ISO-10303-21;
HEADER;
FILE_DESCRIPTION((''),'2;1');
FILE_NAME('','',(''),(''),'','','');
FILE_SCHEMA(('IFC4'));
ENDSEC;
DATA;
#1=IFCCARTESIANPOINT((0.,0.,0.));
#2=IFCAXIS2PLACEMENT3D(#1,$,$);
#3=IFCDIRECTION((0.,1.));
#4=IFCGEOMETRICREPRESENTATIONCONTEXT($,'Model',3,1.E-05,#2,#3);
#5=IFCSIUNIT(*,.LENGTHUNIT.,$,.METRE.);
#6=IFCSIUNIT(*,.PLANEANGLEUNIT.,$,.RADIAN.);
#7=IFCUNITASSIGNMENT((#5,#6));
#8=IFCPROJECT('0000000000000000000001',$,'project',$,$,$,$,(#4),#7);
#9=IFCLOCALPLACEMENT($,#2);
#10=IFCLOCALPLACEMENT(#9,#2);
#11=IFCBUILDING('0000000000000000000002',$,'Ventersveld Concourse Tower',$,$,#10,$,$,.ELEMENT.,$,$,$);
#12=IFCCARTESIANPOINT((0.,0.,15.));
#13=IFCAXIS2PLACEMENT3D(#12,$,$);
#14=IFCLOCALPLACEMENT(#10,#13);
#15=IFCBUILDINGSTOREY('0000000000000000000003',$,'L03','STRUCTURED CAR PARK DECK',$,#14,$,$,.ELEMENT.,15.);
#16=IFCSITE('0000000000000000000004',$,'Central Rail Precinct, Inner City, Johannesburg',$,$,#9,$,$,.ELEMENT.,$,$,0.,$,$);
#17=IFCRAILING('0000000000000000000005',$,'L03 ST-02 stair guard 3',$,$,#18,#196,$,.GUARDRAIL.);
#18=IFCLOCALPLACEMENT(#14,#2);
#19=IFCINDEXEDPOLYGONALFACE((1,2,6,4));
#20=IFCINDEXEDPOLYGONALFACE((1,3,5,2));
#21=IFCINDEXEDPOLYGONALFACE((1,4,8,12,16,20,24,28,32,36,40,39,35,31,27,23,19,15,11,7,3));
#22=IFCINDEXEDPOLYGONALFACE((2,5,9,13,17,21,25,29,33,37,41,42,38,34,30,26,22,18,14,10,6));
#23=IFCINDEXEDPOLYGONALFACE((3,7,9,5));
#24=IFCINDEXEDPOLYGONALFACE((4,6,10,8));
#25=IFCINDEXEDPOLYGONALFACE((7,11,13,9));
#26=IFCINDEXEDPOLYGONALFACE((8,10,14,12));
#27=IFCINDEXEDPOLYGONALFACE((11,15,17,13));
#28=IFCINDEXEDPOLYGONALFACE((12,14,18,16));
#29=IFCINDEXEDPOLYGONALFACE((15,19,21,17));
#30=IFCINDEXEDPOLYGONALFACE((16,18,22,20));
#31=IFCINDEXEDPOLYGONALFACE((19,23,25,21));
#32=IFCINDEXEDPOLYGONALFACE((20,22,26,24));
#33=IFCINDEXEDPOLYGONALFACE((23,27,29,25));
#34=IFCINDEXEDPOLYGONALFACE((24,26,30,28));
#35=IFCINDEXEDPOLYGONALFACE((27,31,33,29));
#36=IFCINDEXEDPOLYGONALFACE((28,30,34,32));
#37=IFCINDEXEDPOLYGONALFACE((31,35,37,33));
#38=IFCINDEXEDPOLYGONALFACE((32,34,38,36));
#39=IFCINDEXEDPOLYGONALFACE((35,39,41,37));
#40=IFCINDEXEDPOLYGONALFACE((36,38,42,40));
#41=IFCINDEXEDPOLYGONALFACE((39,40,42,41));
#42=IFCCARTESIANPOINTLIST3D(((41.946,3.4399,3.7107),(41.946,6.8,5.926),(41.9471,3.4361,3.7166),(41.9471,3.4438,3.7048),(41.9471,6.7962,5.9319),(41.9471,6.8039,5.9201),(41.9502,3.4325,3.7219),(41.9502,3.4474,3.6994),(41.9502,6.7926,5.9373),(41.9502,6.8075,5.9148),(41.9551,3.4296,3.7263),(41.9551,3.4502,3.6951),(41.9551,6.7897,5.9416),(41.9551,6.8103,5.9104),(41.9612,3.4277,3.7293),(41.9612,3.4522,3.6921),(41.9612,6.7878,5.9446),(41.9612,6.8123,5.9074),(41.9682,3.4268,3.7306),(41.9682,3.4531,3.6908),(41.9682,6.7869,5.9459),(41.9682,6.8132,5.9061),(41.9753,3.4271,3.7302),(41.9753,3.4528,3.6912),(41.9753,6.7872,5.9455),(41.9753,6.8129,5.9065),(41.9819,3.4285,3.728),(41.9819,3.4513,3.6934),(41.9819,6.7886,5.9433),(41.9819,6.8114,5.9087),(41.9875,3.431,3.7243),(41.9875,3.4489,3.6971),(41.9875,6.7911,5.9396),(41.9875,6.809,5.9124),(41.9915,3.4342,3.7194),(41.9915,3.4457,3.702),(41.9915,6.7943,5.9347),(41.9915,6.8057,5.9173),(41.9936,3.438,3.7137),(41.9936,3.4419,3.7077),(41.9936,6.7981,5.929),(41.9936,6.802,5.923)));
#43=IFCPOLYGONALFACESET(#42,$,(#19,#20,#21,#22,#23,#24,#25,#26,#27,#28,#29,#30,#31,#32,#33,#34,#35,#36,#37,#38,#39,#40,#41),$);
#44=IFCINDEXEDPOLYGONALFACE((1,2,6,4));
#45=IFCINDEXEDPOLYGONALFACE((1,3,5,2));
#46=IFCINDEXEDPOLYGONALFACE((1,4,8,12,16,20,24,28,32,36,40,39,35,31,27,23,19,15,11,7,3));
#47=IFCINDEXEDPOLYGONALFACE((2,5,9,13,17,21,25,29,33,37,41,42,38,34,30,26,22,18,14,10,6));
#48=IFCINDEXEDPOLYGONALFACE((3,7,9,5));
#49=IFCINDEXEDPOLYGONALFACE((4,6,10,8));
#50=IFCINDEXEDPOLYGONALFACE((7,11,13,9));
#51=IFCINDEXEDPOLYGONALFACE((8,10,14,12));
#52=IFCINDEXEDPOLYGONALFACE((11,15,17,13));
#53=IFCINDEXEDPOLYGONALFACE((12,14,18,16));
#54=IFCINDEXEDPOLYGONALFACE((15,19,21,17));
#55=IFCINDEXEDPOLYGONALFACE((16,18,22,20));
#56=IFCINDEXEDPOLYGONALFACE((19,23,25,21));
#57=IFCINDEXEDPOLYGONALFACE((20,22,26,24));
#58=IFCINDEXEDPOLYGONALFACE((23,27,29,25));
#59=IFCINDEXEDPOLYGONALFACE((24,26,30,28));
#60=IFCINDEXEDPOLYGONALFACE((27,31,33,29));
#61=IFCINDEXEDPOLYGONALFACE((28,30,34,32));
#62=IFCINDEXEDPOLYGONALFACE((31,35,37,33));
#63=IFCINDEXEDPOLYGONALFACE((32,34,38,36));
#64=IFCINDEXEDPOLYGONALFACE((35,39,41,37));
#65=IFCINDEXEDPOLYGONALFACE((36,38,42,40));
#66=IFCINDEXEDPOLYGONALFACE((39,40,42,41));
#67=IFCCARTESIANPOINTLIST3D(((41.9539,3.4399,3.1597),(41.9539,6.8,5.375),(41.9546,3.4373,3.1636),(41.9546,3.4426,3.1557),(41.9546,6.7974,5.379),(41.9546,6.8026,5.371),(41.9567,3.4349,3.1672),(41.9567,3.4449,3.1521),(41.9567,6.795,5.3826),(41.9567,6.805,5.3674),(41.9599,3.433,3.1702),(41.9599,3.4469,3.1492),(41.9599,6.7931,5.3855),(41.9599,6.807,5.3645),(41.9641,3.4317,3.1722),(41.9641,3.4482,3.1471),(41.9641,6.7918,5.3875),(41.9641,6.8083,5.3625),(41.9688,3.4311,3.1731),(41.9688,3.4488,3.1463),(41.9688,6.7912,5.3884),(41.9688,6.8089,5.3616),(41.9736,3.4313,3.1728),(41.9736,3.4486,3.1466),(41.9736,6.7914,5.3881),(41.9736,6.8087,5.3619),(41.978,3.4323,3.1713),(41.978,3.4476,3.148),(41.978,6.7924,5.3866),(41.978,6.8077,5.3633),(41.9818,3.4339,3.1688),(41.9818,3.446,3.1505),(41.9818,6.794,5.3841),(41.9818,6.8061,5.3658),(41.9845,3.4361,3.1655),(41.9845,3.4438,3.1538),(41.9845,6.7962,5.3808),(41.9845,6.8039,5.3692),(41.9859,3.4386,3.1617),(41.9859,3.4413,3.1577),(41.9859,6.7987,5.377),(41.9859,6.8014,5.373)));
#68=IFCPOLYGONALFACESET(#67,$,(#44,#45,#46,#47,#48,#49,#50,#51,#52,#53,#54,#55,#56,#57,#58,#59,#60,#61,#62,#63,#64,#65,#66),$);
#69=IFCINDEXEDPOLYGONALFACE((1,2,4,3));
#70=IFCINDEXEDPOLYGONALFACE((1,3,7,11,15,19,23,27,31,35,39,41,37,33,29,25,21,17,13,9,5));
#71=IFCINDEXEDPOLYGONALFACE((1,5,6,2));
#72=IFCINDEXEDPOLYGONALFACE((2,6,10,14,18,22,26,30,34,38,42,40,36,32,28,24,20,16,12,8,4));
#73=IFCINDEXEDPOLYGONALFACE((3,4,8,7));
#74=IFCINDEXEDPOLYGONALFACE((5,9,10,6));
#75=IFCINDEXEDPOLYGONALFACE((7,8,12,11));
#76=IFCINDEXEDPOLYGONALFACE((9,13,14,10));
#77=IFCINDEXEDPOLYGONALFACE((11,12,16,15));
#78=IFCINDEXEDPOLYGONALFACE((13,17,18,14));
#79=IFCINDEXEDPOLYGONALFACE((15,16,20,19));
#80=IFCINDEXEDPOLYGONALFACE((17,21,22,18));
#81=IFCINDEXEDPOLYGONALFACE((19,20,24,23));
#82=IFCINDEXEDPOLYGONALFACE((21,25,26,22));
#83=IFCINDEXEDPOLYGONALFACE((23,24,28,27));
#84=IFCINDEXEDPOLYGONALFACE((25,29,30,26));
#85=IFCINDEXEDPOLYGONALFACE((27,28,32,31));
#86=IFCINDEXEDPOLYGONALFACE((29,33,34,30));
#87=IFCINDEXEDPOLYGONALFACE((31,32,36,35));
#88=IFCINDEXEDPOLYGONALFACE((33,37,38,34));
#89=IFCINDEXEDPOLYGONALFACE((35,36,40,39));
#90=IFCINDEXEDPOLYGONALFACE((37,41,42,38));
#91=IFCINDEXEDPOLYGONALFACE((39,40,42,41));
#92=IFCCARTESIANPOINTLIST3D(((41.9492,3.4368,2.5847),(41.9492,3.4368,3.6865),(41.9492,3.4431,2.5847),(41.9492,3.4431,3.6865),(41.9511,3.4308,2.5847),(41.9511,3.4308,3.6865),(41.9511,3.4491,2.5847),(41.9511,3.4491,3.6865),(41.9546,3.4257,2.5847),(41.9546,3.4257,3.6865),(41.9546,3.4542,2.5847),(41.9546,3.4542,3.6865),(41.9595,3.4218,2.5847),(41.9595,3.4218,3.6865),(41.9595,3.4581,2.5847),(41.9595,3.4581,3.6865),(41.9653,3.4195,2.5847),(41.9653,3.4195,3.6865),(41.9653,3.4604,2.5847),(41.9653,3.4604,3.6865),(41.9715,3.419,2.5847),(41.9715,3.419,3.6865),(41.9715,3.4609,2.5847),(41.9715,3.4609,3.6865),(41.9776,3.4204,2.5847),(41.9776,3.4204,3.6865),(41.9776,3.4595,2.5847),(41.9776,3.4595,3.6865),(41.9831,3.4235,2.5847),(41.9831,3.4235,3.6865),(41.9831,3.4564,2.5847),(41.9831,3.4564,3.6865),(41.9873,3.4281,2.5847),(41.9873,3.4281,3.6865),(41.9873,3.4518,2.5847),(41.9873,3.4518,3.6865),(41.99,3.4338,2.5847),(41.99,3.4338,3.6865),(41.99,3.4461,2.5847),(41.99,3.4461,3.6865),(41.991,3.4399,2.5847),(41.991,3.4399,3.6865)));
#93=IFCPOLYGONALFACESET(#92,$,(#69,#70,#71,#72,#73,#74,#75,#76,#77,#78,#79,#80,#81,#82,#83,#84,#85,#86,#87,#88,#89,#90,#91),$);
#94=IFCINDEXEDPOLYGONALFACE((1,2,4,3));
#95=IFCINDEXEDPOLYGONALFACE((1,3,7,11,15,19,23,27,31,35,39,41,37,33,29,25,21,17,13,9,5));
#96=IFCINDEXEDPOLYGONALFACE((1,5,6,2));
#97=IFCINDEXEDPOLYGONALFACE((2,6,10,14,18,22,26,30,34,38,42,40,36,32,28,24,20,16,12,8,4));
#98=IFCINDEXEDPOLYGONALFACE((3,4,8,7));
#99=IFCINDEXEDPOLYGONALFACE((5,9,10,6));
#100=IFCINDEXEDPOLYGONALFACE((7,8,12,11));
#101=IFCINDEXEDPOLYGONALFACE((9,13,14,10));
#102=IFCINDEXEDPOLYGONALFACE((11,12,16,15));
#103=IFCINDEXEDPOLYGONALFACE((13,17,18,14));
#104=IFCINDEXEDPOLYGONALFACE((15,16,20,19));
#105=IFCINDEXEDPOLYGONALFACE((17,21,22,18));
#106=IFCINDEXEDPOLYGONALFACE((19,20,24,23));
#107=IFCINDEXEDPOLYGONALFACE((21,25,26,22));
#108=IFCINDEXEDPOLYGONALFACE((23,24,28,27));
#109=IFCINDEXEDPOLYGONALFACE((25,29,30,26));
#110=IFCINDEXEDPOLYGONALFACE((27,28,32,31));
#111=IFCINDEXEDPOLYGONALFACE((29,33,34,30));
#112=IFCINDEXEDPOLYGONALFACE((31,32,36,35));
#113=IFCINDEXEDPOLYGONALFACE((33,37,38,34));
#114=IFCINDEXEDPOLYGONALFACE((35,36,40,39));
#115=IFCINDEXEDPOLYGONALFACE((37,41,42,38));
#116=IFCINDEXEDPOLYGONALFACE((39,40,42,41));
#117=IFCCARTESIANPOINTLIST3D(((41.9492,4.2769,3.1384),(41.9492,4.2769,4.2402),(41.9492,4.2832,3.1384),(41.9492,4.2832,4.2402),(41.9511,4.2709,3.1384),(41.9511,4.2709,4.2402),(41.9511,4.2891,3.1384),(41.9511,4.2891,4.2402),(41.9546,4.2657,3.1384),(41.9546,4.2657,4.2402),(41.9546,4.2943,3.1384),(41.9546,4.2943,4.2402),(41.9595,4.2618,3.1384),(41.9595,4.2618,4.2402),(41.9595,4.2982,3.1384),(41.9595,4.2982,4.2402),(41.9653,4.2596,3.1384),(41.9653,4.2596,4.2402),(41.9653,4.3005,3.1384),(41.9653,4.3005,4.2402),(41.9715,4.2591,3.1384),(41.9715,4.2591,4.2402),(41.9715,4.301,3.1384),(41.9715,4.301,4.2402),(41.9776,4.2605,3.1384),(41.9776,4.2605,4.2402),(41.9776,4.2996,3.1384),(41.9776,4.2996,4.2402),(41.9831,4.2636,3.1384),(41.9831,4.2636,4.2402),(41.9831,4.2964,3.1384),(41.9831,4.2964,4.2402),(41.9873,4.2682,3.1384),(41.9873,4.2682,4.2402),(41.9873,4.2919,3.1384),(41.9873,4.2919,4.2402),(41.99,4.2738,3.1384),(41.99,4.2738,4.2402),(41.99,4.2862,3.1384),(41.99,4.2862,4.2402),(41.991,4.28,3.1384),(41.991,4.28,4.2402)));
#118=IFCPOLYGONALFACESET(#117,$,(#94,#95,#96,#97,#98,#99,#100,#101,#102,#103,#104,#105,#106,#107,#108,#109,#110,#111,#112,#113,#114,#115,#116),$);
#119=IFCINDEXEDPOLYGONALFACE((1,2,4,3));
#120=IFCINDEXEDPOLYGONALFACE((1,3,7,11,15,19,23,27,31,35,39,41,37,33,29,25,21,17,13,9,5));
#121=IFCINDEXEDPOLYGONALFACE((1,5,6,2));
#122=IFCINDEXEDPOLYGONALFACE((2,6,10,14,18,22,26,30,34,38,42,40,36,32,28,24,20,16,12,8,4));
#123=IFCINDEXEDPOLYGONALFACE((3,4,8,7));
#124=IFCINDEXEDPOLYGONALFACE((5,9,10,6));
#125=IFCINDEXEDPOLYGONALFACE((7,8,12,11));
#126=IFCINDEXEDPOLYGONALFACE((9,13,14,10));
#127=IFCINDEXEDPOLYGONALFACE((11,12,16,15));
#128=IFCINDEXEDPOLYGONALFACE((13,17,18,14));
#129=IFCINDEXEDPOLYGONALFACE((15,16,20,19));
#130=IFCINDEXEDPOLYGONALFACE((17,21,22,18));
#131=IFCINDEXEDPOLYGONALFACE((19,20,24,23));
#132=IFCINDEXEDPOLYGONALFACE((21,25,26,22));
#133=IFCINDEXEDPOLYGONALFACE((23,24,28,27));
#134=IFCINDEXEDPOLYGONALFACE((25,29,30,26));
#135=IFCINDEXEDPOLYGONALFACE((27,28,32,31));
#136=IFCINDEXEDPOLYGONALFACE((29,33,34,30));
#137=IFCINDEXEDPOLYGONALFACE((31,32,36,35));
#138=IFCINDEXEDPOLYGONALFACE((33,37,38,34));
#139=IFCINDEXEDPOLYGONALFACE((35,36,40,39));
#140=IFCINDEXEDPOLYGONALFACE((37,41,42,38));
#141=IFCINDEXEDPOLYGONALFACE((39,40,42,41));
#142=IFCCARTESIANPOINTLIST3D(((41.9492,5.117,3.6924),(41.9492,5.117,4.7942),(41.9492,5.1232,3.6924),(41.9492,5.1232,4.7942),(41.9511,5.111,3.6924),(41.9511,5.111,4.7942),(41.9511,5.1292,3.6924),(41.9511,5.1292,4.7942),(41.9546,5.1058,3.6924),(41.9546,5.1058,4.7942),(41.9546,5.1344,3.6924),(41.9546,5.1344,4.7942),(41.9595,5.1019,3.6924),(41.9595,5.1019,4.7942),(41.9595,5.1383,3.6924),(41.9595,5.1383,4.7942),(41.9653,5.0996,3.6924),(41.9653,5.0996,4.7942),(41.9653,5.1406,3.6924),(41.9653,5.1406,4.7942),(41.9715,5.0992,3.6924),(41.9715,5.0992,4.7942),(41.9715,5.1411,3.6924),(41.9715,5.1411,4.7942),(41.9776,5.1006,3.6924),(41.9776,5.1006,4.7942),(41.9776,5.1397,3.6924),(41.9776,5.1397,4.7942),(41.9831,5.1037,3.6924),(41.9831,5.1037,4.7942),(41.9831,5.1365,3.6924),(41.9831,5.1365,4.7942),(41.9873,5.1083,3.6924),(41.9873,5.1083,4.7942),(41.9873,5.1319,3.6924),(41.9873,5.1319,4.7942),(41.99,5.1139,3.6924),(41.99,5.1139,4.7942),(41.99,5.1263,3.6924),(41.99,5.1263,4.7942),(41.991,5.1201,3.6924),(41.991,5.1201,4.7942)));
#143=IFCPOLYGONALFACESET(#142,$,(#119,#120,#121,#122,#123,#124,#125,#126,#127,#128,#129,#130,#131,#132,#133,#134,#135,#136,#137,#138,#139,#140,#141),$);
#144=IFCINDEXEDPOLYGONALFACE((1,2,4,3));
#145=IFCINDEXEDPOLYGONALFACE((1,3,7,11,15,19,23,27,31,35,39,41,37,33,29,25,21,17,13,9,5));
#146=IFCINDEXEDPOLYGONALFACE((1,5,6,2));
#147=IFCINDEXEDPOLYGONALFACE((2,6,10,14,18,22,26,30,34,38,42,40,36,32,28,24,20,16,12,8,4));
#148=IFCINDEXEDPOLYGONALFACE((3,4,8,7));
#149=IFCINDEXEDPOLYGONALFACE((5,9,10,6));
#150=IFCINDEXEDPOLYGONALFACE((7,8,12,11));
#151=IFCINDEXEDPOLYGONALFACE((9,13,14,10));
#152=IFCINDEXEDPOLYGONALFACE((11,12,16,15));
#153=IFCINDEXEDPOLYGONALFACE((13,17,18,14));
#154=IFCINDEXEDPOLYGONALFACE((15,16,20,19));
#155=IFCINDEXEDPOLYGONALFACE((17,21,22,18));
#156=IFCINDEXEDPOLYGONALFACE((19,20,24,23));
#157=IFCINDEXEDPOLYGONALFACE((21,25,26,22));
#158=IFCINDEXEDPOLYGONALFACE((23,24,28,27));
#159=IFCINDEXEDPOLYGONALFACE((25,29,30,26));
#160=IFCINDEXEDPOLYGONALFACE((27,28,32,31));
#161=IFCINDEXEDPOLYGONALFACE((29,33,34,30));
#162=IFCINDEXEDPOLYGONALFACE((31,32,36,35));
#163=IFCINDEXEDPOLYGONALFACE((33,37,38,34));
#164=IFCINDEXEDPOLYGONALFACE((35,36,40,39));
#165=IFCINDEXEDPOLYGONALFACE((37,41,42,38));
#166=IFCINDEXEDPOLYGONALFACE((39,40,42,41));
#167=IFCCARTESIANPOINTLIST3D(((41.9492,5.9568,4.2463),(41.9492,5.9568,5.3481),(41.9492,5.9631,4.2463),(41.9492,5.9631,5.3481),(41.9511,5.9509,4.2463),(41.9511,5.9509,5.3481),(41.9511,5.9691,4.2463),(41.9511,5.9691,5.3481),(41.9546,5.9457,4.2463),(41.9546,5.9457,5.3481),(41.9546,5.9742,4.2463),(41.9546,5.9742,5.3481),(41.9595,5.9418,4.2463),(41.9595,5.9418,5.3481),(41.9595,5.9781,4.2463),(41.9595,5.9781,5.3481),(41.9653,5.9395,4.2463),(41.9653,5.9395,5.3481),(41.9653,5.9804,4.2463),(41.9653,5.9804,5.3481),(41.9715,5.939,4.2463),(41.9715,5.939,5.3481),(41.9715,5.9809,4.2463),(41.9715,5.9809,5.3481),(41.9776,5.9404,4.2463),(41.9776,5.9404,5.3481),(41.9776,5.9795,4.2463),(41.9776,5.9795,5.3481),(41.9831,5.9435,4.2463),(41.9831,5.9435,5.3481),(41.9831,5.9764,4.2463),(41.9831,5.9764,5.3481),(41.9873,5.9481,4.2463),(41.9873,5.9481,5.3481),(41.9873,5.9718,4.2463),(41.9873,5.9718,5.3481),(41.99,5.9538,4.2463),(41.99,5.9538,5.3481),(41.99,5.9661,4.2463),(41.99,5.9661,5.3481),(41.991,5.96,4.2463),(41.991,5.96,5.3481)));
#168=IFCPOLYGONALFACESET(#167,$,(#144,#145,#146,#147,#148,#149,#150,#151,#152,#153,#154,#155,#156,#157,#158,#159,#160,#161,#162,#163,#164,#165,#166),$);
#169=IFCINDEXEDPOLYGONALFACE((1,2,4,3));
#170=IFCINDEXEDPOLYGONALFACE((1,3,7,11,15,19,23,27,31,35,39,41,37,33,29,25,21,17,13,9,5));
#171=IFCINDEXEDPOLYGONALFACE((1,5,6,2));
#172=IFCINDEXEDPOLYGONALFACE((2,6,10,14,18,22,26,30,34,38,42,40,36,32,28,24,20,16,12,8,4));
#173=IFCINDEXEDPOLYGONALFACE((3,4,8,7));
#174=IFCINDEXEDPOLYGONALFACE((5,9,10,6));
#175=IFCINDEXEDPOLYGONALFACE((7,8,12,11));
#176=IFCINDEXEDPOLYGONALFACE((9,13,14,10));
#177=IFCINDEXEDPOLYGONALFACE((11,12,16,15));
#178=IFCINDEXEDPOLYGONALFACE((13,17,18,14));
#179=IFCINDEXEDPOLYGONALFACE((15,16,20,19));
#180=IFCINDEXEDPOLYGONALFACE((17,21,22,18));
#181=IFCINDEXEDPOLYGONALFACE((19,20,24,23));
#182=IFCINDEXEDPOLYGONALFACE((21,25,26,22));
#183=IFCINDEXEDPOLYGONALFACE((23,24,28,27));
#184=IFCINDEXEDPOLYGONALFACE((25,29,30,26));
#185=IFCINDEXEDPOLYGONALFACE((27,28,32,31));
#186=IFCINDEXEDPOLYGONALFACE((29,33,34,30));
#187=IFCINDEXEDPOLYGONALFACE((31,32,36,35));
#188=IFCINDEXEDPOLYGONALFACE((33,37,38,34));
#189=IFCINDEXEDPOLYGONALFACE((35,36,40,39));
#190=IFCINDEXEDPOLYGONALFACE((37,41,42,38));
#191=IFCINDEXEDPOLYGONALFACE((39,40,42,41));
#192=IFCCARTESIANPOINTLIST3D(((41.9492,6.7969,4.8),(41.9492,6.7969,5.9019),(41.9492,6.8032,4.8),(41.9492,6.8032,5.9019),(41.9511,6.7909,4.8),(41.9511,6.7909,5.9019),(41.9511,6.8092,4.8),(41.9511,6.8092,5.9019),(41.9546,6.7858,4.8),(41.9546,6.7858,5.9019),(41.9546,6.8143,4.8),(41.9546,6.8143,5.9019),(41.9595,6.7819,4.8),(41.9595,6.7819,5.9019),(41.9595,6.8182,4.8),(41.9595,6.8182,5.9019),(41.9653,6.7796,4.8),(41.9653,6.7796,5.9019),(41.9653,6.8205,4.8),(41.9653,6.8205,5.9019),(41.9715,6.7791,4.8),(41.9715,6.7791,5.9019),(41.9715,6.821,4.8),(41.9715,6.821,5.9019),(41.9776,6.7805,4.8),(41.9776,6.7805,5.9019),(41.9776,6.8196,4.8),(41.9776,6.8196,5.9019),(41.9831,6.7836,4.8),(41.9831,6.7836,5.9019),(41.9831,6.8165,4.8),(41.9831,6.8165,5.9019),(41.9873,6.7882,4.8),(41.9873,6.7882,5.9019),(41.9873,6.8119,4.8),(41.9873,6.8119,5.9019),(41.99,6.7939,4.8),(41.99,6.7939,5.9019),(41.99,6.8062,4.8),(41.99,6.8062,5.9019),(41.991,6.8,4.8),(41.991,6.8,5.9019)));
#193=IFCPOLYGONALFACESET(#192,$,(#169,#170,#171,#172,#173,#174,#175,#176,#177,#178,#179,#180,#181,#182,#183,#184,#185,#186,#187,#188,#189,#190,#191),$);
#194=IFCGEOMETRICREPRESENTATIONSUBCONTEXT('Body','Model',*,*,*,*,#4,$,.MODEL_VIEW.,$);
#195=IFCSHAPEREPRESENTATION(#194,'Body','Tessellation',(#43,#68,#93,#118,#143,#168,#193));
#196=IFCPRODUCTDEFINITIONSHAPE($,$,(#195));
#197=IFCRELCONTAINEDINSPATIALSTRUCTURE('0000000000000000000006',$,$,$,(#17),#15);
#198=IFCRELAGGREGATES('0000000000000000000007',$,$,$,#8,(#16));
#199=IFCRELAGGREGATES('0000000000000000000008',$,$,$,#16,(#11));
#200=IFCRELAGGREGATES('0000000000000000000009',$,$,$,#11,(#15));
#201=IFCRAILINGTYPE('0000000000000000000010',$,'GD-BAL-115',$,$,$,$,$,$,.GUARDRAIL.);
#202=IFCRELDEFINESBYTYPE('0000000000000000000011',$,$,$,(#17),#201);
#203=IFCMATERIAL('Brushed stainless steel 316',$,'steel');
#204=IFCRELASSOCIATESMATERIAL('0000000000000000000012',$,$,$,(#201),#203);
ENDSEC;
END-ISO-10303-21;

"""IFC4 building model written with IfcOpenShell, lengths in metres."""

from ifc_helpers import new_model, si_unit, direction, frame, origin, origin_2d, place, context, subcontext, project, spatial, circle, extrude, material, type_object, element, save


model = new_model("IFC4")

# Units and contexts
model_context = context("Model", 3, precision=1e-05, world=origin(), true_north=direction((0.0, 1.0)))
body_context = subcontext(model_context, "Body", "Model", "MODEL_VIEW")
ifc_project = project(units=[si_unit("LENGTHUNIT", "METRE"), si_unit("PLANEANGLEUNIT", "RADIAN")], contexts=[model_context])

# Site, building, storey
site_placement = place(None, origin())
site = spatial("IfcSite", under=ifc_project, at=site_placement, Name="Central Rail Precinct, Inner City, Johannesburg", CompositionType="ELEMENT", RefElevation=0.0)
building_placement = place(site_placement, origin())
building = spatial("IfcBuilding", under=site, at=building_placement, Name="Ventersveld Concourse Tower", CompositionType="ELEMENT")
storey_placement = place(building_placement, frame((0.0, 0.0, 15.0)))
storey = spatial("IfcBuildingStorey", under=building, at=storey_placement, Name="L03", Description="STRUCTURED CAR PARK DECK", CompositionType="ELEMENT", Elevation=15.0)

# Railing
ifc_material_1 = material(Name="Brushed stainless steel 316", Category="steel")
railing_type_1 = type_object("IfcRailingType", Name="GD-BAL-115", PredefinedType="GUARDRAIL", material=ifc_material_1)
railing_1_placement = place(storey_placement, frame((41.97, 3.4399, 2.5847)))
element("IfcRailing", 1, at=railing_1_placement, inside=storey, type_object=railing_type_1, Name="L03 ST-02 stair guard 3", PredefinedType="GUARDRAIL", context=body_context, shape_type="SweptSolid", body=[
    extrude(circle(Radius=0.0239, at=origin_2d()), frame((0.0, 0.0, 1.126), z_axis=(0.0, 0.834876, 0.550437), x_axis=(-1.0, 0.0, 0.0)), (0.0, 0.0, 1.0), 4.0247),
    extrude(circle(Radius=0.0161, at=origin_2d()), frame((0.0, 0.0, 0.575), z_axis=(0.0, 0.834876, 0.550437), x_axis=(-1.0, 0.0, 0.0)), (0.0, 0.0, 1.0), 4.0247),
    extrude(circle(Radius=0.021, at=origin_2d()), origin(), (0.0, 0.0, 1.0), 1.1018),
    extrude(circle(Radius=0.021, at=origin_2d()), frame((0.0, 0.8401, 0.5537)), (0.0, 0.0, 1.0), 1.1018),
    extrude(circle(Radius=0.021, at=origin_2d()), frame((0.0, 1.6802, 1.1077)), (0.0, 0.0, 1.0), 1.1018),
    extrude(circle(Radius=0.021, at=origin_2d()), frame((0.0, 2.52, 1.6616)), (0.0, 0.0, 1.0), 1.1018),
    extrude(circle(Radius=0.021, at=origin_2d()), frame((0.0, 3.3601, 2.2153)), (0.0, 0.0, 1.0), 1.1018),
])

save(model, "model.ifc")
